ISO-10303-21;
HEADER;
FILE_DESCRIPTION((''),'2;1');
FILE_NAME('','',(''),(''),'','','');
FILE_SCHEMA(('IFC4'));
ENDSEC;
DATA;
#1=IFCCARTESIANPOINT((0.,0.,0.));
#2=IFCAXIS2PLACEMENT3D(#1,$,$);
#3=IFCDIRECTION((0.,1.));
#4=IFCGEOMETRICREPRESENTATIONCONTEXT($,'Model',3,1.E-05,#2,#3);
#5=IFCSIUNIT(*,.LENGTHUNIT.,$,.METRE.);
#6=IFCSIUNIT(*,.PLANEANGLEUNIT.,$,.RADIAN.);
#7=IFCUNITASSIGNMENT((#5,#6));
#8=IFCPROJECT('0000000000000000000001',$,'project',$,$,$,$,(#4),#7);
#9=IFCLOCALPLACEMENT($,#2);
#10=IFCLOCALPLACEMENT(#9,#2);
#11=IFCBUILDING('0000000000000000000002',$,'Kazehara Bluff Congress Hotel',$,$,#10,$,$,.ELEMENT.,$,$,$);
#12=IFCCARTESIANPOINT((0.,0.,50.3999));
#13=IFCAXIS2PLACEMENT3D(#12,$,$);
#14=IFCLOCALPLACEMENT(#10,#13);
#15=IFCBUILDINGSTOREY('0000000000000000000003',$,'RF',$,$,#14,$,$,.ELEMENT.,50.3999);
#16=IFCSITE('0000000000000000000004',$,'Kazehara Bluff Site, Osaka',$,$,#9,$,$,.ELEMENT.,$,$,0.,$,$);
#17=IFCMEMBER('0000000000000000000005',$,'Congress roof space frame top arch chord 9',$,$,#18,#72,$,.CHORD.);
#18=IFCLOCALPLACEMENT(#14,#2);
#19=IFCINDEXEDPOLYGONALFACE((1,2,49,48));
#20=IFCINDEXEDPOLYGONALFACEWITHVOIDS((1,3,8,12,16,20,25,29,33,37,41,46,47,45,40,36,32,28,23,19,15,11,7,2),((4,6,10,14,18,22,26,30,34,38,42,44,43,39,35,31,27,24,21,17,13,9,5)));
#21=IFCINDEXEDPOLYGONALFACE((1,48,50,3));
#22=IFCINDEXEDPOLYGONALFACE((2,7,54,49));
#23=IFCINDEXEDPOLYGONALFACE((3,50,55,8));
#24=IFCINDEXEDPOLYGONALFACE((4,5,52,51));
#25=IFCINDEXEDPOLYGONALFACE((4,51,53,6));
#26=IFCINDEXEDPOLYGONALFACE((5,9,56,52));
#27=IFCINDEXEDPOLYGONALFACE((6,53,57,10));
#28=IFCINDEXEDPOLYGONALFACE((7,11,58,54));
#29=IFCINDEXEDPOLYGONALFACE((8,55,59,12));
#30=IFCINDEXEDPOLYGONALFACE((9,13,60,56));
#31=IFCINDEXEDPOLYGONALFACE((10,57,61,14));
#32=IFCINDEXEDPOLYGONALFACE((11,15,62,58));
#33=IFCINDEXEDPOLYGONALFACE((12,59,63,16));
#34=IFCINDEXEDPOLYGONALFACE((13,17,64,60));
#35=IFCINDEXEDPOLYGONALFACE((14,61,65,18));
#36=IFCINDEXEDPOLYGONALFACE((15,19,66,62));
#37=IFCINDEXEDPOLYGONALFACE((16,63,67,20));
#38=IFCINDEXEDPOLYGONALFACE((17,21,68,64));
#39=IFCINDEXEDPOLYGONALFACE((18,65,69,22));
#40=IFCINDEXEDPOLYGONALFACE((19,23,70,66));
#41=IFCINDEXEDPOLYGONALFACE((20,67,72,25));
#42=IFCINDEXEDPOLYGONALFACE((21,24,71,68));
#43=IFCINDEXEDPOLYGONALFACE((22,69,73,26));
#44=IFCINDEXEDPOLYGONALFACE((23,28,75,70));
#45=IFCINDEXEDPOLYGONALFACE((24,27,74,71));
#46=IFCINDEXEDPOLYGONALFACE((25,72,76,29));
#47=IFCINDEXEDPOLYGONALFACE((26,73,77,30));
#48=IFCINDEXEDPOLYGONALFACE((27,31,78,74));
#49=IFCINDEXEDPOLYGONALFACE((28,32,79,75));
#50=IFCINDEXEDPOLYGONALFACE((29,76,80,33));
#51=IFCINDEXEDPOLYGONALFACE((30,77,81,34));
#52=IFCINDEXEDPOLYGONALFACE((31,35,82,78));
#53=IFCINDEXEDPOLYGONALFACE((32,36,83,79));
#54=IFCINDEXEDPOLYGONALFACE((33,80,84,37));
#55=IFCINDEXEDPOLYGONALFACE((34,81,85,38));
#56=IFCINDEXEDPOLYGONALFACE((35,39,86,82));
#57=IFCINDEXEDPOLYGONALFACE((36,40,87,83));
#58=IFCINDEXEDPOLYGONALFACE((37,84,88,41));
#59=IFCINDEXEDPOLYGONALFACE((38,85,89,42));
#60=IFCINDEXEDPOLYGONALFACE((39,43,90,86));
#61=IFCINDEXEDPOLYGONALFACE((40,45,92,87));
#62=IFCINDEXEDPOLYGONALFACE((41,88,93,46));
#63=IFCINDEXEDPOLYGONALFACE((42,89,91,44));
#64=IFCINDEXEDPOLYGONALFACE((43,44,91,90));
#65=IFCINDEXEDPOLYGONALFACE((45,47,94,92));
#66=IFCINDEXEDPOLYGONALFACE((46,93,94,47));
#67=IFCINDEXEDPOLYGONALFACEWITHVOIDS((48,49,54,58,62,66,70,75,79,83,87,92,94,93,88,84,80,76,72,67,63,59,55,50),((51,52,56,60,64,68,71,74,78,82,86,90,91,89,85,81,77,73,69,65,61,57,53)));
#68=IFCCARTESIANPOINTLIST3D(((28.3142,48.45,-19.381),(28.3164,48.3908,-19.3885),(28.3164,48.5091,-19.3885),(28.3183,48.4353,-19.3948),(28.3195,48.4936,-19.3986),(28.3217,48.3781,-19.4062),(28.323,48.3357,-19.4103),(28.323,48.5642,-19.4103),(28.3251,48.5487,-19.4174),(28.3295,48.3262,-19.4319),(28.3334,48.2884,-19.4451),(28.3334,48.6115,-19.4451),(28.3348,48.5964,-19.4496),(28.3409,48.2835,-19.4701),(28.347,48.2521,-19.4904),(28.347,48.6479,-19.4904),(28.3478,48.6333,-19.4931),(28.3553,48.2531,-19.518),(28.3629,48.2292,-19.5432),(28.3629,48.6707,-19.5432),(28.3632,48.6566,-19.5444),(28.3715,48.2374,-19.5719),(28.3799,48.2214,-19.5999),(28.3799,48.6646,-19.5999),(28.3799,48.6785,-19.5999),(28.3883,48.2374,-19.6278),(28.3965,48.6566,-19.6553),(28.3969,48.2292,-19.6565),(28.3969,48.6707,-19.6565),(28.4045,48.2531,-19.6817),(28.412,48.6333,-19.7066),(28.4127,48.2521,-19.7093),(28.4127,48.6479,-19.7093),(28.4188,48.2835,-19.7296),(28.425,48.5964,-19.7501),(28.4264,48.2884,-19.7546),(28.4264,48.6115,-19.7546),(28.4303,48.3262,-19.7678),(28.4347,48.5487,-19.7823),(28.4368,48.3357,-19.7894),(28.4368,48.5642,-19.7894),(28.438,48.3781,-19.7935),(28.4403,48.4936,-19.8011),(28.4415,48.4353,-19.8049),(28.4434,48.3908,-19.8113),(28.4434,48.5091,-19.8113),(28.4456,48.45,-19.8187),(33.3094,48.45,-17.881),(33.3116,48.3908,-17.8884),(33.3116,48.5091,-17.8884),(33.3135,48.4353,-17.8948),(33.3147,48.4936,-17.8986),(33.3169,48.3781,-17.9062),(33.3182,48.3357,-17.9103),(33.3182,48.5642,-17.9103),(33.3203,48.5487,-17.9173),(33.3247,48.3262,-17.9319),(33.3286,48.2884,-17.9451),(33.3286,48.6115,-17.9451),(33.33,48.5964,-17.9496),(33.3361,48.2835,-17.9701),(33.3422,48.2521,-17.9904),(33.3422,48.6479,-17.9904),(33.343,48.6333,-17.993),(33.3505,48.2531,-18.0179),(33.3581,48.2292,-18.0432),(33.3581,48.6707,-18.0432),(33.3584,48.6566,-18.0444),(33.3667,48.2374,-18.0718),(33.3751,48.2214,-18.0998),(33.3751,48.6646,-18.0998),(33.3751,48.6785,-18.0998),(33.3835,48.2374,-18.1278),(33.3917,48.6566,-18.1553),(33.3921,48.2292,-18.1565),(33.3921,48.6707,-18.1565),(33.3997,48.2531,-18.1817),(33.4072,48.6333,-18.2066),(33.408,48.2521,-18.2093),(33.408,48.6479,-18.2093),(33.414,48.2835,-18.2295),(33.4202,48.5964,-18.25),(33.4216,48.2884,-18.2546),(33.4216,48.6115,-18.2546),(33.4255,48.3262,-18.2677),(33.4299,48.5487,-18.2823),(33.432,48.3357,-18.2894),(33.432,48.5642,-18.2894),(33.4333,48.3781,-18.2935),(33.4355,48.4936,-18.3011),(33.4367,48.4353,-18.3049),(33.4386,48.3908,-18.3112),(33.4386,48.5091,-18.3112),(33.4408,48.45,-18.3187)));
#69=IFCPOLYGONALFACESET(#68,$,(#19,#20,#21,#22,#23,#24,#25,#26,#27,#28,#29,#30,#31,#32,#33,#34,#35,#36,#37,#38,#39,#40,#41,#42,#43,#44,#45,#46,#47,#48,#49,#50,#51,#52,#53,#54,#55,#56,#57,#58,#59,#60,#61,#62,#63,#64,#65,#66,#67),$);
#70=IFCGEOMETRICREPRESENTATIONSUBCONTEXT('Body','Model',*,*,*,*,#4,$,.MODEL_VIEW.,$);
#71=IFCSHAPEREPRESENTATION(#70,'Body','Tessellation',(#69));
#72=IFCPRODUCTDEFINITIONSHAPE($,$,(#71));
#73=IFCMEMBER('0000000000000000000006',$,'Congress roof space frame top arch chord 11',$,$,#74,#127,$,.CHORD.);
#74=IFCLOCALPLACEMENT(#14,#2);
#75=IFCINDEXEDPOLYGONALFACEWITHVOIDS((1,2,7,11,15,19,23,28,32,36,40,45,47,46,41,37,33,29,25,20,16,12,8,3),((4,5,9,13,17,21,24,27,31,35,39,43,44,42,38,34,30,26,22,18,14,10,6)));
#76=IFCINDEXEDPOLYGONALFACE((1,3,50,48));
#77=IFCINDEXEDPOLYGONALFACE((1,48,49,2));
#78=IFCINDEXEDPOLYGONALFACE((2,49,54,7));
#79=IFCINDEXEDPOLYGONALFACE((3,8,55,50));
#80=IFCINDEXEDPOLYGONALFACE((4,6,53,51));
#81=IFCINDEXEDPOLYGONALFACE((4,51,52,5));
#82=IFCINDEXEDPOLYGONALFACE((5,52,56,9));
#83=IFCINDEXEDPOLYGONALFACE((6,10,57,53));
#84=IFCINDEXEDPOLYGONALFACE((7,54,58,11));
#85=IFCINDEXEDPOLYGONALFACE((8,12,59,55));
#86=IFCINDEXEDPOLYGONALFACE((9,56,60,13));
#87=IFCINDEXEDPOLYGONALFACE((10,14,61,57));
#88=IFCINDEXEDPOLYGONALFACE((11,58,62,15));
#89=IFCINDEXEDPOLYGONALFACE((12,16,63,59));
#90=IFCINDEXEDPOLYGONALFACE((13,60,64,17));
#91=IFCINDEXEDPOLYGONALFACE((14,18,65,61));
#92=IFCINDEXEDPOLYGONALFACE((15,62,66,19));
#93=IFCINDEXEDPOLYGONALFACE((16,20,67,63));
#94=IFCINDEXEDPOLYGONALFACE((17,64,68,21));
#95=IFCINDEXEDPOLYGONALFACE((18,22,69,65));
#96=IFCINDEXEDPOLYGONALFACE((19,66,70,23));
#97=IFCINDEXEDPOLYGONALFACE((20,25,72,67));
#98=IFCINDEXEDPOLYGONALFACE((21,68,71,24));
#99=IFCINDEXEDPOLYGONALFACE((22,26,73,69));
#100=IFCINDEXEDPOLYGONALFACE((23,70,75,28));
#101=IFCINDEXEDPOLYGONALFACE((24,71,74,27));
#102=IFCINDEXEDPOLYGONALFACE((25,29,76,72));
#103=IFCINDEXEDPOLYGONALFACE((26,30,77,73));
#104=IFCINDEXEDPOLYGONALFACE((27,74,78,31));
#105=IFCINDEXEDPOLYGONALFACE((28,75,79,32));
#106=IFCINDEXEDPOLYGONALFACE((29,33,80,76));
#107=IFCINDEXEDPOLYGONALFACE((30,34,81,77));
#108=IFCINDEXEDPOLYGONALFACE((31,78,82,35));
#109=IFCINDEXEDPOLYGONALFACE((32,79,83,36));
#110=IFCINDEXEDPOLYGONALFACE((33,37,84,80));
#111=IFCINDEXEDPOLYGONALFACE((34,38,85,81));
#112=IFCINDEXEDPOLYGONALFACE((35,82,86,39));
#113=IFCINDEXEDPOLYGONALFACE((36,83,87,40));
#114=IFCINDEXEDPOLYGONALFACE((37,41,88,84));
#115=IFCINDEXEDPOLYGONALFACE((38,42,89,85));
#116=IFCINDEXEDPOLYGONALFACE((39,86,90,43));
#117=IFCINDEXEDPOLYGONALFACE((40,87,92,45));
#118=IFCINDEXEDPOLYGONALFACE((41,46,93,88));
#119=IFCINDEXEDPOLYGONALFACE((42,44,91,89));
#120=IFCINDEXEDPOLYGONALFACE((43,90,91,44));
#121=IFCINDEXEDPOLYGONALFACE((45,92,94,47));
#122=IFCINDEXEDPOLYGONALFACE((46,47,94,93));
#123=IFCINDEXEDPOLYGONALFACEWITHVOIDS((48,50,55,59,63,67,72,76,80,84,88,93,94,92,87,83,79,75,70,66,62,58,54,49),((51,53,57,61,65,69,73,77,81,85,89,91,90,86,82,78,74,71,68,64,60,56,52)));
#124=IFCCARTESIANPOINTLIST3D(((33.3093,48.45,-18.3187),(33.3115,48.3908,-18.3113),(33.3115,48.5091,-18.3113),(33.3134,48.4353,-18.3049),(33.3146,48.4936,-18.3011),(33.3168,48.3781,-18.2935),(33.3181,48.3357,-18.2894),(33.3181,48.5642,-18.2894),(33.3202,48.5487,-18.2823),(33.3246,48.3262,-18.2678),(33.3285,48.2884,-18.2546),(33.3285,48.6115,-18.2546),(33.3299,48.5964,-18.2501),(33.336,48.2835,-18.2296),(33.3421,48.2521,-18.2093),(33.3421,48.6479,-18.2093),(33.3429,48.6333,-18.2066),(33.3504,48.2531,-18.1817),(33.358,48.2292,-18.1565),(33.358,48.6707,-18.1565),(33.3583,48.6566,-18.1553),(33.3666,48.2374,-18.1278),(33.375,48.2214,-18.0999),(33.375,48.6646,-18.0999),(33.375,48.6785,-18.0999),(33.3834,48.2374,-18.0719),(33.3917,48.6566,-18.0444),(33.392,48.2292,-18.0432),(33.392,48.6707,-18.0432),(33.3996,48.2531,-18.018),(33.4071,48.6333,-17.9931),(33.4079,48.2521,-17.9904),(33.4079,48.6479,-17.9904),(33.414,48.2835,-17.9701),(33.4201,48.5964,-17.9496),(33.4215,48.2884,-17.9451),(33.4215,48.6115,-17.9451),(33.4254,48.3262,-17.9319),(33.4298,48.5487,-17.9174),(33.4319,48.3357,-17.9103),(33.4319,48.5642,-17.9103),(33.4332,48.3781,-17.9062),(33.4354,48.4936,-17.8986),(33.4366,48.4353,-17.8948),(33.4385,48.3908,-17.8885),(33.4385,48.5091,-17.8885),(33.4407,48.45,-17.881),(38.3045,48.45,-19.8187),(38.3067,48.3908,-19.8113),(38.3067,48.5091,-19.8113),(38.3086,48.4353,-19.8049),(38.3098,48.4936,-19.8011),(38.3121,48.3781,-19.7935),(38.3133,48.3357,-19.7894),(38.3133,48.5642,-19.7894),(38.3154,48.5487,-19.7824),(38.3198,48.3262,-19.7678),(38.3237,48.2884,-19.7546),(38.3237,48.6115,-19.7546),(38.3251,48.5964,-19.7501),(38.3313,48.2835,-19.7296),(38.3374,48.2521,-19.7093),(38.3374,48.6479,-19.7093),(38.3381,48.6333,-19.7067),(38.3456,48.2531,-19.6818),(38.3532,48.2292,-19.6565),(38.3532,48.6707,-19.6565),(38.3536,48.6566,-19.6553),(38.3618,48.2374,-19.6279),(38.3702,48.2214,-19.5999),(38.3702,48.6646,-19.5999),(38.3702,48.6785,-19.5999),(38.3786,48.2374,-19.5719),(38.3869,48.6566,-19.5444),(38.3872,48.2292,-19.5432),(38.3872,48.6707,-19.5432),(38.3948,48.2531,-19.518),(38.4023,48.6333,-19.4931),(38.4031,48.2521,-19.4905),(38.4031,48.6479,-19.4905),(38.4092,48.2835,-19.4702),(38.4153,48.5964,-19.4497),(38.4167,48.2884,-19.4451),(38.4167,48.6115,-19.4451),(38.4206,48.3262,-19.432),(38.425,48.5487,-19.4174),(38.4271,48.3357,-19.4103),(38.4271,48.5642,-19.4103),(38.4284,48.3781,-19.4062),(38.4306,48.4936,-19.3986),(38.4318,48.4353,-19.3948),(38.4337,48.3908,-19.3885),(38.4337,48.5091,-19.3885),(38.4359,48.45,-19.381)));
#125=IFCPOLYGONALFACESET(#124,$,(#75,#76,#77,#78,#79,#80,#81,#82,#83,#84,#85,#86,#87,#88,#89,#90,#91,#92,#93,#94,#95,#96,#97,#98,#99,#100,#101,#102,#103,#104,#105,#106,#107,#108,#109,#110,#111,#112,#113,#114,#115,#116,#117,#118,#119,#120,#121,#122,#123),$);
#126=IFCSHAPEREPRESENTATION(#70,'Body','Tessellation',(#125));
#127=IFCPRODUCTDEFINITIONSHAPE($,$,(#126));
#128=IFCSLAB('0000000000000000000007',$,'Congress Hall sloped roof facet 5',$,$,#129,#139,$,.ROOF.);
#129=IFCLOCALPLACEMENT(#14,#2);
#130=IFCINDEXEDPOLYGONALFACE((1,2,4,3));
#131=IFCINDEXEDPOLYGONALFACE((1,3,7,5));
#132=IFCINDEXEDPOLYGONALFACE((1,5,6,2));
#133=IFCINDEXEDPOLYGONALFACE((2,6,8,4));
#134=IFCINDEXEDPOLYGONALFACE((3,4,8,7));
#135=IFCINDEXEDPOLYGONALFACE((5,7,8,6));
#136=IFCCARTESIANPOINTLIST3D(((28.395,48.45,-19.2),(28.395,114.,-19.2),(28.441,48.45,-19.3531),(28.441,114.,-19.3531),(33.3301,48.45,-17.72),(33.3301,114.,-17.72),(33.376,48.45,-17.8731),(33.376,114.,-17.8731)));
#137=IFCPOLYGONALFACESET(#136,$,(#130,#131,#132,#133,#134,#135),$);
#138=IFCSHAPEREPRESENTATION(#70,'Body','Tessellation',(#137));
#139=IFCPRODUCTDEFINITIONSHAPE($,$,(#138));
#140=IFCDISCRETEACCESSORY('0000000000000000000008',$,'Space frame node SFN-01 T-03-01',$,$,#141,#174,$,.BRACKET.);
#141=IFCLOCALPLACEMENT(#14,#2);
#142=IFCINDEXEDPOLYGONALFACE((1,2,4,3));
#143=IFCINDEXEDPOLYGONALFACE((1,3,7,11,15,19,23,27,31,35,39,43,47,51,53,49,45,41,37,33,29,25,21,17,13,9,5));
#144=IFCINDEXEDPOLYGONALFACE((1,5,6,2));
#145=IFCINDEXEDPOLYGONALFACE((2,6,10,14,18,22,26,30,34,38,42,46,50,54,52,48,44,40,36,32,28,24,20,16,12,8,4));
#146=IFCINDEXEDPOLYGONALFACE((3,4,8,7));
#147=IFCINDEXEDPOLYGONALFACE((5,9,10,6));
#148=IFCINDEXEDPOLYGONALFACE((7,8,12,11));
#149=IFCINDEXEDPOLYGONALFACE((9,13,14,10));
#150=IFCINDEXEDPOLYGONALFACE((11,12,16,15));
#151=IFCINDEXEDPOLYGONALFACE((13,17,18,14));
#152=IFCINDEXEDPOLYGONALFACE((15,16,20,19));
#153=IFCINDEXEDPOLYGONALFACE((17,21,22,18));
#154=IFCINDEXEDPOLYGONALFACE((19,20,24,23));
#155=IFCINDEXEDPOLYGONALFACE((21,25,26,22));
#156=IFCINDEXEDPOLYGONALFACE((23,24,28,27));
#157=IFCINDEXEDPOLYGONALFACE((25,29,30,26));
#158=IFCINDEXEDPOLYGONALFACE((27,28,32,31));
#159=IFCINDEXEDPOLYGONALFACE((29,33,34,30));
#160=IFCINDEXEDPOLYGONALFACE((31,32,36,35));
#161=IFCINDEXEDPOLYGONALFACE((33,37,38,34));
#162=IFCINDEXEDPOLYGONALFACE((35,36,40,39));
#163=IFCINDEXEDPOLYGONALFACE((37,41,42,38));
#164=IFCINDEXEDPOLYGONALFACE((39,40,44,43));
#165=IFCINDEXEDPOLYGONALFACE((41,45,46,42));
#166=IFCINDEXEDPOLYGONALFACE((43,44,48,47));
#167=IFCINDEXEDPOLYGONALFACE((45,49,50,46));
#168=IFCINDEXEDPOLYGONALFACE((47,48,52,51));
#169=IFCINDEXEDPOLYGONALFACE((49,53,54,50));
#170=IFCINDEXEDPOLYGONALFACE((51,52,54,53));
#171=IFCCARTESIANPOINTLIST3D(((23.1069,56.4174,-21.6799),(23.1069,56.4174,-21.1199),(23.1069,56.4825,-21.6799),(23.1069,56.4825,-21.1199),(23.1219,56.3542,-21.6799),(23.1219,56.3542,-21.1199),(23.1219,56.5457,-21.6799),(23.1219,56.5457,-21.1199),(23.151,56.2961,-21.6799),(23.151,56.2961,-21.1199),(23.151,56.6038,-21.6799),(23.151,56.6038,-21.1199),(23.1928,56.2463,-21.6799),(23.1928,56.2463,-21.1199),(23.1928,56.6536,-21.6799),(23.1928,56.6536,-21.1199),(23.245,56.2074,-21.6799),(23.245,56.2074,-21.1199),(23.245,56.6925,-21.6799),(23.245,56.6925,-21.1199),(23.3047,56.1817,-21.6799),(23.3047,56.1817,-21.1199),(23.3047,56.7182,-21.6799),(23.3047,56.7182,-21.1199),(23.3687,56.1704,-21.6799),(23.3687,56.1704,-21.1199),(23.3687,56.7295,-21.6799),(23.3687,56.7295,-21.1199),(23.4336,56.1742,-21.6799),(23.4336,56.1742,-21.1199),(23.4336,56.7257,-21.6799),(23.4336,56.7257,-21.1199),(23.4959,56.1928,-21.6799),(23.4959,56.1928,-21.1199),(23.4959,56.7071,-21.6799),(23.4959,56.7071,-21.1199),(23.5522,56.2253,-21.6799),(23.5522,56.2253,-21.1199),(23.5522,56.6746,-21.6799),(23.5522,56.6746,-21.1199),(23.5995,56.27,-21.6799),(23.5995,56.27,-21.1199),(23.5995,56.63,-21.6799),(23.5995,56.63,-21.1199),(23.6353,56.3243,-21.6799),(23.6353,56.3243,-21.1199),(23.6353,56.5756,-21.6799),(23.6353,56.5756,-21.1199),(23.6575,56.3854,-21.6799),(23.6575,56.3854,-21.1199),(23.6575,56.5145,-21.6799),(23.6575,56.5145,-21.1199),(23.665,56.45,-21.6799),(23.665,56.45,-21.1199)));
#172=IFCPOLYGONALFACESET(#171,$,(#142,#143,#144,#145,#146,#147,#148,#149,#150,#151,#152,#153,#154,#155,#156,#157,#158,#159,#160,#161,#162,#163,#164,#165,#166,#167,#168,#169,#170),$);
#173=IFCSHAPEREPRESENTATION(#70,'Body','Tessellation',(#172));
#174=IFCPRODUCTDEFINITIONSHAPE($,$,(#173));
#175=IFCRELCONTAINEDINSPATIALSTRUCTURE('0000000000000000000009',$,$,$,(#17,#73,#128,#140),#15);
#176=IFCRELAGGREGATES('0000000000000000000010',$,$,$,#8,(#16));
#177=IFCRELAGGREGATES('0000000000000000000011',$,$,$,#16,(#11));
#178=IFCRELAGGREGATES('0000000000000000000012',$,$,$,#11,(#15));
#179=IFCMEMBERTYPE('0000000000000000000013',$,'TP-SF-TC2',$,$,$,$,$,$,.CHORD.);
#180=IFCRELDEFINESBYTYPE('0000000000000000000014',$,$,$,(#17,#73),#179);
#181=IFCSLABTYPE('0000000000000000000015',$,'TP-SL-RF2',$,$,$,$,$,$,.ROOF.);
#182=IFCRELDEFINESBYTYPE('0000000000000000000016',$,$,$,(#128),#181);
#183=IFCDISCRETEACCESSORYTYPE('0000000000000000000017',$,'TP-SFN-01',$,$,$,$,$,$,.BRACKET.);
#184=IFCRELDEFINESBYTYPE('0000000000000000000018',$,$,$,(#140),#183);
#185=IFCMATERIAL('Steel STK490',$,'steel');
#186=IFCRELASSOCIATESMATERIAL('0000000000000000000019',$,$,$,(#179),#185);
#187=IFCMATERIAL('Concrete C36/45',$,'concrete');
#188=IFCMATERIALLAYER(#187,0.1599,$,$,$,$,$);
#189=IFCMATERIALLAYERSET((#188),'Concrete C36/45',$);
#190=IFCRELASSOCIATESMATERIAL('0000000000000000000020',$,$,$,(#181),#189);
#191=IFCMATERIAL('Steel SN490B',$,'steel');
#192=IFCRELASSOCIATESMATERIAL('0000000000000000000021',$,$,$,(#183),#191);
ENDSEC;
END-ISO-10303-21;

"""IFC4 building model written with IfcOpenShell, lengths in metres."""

from ifc_helpers import new_model, si_unit, direction, frame, origin, origin_2d, place, context, subcontext, project, spatial, polyline, circle, hollow_circle, outline, extrude, material, layer, layer_set, material_profile, profile_set, type_object, element, save


model = new_model("IFC4")

# Units and contexts
model_context = context("Model", 3, precision=1e-05, world=origin(), true_north=direction((0.0, 1.0)))
body_context = subcontext(model_context, "Body", "Model", "MODEL_VIEW")
ifc_project = project(units=[si_unit("LENGTHUNIT", "METRE"), si_unit("PLANEANGLEUNIT", "RADIAN")], contexts=[model_context])

# Site, building, storey
site_placement = place(None, origin())
site = spatial("IfcSite", under=ifc_project, at=site_placement, Name="Kazehara Bluff Site, Osaka", CompositionType="ELEMENT", RefElevation=0.0)
building_placement = place(site_placement, origin())
building = spatial("IfcBuilding", under=site, at=building_placement, Name="Kazehara Bluff Congress Hotel", CompositionType="ELEMENT")
storey_placement = place(building_placement, frame((0.0, 0.0, 50.3999)))
storey = spatial("IfcBuildingStorey", under=building, at=storey_placement, Name="RF", CompositionType="ELEMENT", Elevation=50.3999)

# Members
ifc_material_1 = material(Name="Steel STK490", Category="steel")
ifc_material_profile_1 = material_profile(ifc_material_1, hollow_circle(Radius=0.2285, WallThickness=0.0139, at=origin_2d()))
ifc_profile_set_1 = profile_set([ifc_material_profile_1], Name="Steel STK490")
member_type_1 = type_object("IfcMemberType", Name="TP-SF-TC2", PredefinedType="CHORD", material=ifc_profile_set_1)
for number, where, z_axis, x_axis, name in (
    (1, (28.3799, 48.45, -19.5999), (0.957749, 0.0, 0.287606), (0.0, 1.0, 0.0), "Congress roof space frame top arch chord 9"),
    (2, (33.375, 48.45, -18.0999), (0.957749, 0.0, -0.287606), (0.0, 1.0, 0.0), "Congress roof space frame top arch chord 11"),
):
    element("IfcMember", number, at=place(storey_placement, frame(where, z_axis=z_axis, x_axis=x_axis)), inside=storey, type_object=member_type_1, Name=name, PredefinedType="CHORD", context=body_context, shape_type="SweptSolid", body=[
        extrude(hollow_circle(Radius=0.2285, WallThickness=0.0139, at=origin_2d()), origin(), (0.0, 0.0, 1.0), 5.2156),
    ])

# Slab
ifc_material_2 = material(Name="Concrete C36/45", Category="concrete")
ifc_layer = layer(ifc_material_2, 0.1599)
ifc_layer_set = layer_set([ifc_layer], Name="Concrete C36/45")
slab_type = type_object("IfcSlabType", Name="TP-SL-RF2", PredefinedType="ROOF", material=ifc_layer_set)
slab_placement = place(storey_placement, frame((28.395, 48.45, -19.2), z_axis=(-0.287252, 0.0, 0.957855), x_axis=(0.957855, 0.0, 0.287252)))
element("IfcSlab", 3, at=slab_placement, inside=storey, type_object=slab_type, Name="Congress Hall sloped roof facet 5", PredefinedType="ROOF", context=body_context, shape_type="SweptSolid", body=[
    extrude(outline(polyline([(0.0, 0.0), (5.1522, 0.0), (5.1522, 65.55), (0.0, 65.55), (0.0, 0.0)])), origin(), (0.0, 0.0, -1.0), 0.1599),
])

# Discrete accessory
ifc_material_3 = material(Name="Steel SN490B", Category="steel")
ifc_material_profile_2 = material_profile(ifc_material_3, circle(Radius=0.28, at=origin_2d()))
ifc_profile_set_2 = profile_set([ifc_material_profile_2], Name="Steel SN490B")
discrete_accessory_type_1 = type_object("IfcDiscreteAccessoryType", Name="TP-SFN-01", PredefinedType="BRACKET", material=ifc_profile_set_2)
for number, where, z_axis, x_axis, name in (
    (4, (23.385, 56.45, -21.6799), (0.0, 0.0, 1.0), (1.0, 0.0, 0.0), "Space frame node SFN-01 T-03-01"),
):
    element("IfcDiscreteAccessory", number, at=place(storey_placement, frame(where, z_axis=z_axis, x_axis=x_axis)), inside=storey, type_object=discrete_accessory_type_1, Name=name, PredefinedType="BRACKET", context=body_context, shape_type="SweptSolid", body=[
        extrude(circle(Radius=0.28, at=origin_2d()), origin(), (0.0, 0.0, 1.0), 0.5601),
    ])

save(model, "model.ifc")
